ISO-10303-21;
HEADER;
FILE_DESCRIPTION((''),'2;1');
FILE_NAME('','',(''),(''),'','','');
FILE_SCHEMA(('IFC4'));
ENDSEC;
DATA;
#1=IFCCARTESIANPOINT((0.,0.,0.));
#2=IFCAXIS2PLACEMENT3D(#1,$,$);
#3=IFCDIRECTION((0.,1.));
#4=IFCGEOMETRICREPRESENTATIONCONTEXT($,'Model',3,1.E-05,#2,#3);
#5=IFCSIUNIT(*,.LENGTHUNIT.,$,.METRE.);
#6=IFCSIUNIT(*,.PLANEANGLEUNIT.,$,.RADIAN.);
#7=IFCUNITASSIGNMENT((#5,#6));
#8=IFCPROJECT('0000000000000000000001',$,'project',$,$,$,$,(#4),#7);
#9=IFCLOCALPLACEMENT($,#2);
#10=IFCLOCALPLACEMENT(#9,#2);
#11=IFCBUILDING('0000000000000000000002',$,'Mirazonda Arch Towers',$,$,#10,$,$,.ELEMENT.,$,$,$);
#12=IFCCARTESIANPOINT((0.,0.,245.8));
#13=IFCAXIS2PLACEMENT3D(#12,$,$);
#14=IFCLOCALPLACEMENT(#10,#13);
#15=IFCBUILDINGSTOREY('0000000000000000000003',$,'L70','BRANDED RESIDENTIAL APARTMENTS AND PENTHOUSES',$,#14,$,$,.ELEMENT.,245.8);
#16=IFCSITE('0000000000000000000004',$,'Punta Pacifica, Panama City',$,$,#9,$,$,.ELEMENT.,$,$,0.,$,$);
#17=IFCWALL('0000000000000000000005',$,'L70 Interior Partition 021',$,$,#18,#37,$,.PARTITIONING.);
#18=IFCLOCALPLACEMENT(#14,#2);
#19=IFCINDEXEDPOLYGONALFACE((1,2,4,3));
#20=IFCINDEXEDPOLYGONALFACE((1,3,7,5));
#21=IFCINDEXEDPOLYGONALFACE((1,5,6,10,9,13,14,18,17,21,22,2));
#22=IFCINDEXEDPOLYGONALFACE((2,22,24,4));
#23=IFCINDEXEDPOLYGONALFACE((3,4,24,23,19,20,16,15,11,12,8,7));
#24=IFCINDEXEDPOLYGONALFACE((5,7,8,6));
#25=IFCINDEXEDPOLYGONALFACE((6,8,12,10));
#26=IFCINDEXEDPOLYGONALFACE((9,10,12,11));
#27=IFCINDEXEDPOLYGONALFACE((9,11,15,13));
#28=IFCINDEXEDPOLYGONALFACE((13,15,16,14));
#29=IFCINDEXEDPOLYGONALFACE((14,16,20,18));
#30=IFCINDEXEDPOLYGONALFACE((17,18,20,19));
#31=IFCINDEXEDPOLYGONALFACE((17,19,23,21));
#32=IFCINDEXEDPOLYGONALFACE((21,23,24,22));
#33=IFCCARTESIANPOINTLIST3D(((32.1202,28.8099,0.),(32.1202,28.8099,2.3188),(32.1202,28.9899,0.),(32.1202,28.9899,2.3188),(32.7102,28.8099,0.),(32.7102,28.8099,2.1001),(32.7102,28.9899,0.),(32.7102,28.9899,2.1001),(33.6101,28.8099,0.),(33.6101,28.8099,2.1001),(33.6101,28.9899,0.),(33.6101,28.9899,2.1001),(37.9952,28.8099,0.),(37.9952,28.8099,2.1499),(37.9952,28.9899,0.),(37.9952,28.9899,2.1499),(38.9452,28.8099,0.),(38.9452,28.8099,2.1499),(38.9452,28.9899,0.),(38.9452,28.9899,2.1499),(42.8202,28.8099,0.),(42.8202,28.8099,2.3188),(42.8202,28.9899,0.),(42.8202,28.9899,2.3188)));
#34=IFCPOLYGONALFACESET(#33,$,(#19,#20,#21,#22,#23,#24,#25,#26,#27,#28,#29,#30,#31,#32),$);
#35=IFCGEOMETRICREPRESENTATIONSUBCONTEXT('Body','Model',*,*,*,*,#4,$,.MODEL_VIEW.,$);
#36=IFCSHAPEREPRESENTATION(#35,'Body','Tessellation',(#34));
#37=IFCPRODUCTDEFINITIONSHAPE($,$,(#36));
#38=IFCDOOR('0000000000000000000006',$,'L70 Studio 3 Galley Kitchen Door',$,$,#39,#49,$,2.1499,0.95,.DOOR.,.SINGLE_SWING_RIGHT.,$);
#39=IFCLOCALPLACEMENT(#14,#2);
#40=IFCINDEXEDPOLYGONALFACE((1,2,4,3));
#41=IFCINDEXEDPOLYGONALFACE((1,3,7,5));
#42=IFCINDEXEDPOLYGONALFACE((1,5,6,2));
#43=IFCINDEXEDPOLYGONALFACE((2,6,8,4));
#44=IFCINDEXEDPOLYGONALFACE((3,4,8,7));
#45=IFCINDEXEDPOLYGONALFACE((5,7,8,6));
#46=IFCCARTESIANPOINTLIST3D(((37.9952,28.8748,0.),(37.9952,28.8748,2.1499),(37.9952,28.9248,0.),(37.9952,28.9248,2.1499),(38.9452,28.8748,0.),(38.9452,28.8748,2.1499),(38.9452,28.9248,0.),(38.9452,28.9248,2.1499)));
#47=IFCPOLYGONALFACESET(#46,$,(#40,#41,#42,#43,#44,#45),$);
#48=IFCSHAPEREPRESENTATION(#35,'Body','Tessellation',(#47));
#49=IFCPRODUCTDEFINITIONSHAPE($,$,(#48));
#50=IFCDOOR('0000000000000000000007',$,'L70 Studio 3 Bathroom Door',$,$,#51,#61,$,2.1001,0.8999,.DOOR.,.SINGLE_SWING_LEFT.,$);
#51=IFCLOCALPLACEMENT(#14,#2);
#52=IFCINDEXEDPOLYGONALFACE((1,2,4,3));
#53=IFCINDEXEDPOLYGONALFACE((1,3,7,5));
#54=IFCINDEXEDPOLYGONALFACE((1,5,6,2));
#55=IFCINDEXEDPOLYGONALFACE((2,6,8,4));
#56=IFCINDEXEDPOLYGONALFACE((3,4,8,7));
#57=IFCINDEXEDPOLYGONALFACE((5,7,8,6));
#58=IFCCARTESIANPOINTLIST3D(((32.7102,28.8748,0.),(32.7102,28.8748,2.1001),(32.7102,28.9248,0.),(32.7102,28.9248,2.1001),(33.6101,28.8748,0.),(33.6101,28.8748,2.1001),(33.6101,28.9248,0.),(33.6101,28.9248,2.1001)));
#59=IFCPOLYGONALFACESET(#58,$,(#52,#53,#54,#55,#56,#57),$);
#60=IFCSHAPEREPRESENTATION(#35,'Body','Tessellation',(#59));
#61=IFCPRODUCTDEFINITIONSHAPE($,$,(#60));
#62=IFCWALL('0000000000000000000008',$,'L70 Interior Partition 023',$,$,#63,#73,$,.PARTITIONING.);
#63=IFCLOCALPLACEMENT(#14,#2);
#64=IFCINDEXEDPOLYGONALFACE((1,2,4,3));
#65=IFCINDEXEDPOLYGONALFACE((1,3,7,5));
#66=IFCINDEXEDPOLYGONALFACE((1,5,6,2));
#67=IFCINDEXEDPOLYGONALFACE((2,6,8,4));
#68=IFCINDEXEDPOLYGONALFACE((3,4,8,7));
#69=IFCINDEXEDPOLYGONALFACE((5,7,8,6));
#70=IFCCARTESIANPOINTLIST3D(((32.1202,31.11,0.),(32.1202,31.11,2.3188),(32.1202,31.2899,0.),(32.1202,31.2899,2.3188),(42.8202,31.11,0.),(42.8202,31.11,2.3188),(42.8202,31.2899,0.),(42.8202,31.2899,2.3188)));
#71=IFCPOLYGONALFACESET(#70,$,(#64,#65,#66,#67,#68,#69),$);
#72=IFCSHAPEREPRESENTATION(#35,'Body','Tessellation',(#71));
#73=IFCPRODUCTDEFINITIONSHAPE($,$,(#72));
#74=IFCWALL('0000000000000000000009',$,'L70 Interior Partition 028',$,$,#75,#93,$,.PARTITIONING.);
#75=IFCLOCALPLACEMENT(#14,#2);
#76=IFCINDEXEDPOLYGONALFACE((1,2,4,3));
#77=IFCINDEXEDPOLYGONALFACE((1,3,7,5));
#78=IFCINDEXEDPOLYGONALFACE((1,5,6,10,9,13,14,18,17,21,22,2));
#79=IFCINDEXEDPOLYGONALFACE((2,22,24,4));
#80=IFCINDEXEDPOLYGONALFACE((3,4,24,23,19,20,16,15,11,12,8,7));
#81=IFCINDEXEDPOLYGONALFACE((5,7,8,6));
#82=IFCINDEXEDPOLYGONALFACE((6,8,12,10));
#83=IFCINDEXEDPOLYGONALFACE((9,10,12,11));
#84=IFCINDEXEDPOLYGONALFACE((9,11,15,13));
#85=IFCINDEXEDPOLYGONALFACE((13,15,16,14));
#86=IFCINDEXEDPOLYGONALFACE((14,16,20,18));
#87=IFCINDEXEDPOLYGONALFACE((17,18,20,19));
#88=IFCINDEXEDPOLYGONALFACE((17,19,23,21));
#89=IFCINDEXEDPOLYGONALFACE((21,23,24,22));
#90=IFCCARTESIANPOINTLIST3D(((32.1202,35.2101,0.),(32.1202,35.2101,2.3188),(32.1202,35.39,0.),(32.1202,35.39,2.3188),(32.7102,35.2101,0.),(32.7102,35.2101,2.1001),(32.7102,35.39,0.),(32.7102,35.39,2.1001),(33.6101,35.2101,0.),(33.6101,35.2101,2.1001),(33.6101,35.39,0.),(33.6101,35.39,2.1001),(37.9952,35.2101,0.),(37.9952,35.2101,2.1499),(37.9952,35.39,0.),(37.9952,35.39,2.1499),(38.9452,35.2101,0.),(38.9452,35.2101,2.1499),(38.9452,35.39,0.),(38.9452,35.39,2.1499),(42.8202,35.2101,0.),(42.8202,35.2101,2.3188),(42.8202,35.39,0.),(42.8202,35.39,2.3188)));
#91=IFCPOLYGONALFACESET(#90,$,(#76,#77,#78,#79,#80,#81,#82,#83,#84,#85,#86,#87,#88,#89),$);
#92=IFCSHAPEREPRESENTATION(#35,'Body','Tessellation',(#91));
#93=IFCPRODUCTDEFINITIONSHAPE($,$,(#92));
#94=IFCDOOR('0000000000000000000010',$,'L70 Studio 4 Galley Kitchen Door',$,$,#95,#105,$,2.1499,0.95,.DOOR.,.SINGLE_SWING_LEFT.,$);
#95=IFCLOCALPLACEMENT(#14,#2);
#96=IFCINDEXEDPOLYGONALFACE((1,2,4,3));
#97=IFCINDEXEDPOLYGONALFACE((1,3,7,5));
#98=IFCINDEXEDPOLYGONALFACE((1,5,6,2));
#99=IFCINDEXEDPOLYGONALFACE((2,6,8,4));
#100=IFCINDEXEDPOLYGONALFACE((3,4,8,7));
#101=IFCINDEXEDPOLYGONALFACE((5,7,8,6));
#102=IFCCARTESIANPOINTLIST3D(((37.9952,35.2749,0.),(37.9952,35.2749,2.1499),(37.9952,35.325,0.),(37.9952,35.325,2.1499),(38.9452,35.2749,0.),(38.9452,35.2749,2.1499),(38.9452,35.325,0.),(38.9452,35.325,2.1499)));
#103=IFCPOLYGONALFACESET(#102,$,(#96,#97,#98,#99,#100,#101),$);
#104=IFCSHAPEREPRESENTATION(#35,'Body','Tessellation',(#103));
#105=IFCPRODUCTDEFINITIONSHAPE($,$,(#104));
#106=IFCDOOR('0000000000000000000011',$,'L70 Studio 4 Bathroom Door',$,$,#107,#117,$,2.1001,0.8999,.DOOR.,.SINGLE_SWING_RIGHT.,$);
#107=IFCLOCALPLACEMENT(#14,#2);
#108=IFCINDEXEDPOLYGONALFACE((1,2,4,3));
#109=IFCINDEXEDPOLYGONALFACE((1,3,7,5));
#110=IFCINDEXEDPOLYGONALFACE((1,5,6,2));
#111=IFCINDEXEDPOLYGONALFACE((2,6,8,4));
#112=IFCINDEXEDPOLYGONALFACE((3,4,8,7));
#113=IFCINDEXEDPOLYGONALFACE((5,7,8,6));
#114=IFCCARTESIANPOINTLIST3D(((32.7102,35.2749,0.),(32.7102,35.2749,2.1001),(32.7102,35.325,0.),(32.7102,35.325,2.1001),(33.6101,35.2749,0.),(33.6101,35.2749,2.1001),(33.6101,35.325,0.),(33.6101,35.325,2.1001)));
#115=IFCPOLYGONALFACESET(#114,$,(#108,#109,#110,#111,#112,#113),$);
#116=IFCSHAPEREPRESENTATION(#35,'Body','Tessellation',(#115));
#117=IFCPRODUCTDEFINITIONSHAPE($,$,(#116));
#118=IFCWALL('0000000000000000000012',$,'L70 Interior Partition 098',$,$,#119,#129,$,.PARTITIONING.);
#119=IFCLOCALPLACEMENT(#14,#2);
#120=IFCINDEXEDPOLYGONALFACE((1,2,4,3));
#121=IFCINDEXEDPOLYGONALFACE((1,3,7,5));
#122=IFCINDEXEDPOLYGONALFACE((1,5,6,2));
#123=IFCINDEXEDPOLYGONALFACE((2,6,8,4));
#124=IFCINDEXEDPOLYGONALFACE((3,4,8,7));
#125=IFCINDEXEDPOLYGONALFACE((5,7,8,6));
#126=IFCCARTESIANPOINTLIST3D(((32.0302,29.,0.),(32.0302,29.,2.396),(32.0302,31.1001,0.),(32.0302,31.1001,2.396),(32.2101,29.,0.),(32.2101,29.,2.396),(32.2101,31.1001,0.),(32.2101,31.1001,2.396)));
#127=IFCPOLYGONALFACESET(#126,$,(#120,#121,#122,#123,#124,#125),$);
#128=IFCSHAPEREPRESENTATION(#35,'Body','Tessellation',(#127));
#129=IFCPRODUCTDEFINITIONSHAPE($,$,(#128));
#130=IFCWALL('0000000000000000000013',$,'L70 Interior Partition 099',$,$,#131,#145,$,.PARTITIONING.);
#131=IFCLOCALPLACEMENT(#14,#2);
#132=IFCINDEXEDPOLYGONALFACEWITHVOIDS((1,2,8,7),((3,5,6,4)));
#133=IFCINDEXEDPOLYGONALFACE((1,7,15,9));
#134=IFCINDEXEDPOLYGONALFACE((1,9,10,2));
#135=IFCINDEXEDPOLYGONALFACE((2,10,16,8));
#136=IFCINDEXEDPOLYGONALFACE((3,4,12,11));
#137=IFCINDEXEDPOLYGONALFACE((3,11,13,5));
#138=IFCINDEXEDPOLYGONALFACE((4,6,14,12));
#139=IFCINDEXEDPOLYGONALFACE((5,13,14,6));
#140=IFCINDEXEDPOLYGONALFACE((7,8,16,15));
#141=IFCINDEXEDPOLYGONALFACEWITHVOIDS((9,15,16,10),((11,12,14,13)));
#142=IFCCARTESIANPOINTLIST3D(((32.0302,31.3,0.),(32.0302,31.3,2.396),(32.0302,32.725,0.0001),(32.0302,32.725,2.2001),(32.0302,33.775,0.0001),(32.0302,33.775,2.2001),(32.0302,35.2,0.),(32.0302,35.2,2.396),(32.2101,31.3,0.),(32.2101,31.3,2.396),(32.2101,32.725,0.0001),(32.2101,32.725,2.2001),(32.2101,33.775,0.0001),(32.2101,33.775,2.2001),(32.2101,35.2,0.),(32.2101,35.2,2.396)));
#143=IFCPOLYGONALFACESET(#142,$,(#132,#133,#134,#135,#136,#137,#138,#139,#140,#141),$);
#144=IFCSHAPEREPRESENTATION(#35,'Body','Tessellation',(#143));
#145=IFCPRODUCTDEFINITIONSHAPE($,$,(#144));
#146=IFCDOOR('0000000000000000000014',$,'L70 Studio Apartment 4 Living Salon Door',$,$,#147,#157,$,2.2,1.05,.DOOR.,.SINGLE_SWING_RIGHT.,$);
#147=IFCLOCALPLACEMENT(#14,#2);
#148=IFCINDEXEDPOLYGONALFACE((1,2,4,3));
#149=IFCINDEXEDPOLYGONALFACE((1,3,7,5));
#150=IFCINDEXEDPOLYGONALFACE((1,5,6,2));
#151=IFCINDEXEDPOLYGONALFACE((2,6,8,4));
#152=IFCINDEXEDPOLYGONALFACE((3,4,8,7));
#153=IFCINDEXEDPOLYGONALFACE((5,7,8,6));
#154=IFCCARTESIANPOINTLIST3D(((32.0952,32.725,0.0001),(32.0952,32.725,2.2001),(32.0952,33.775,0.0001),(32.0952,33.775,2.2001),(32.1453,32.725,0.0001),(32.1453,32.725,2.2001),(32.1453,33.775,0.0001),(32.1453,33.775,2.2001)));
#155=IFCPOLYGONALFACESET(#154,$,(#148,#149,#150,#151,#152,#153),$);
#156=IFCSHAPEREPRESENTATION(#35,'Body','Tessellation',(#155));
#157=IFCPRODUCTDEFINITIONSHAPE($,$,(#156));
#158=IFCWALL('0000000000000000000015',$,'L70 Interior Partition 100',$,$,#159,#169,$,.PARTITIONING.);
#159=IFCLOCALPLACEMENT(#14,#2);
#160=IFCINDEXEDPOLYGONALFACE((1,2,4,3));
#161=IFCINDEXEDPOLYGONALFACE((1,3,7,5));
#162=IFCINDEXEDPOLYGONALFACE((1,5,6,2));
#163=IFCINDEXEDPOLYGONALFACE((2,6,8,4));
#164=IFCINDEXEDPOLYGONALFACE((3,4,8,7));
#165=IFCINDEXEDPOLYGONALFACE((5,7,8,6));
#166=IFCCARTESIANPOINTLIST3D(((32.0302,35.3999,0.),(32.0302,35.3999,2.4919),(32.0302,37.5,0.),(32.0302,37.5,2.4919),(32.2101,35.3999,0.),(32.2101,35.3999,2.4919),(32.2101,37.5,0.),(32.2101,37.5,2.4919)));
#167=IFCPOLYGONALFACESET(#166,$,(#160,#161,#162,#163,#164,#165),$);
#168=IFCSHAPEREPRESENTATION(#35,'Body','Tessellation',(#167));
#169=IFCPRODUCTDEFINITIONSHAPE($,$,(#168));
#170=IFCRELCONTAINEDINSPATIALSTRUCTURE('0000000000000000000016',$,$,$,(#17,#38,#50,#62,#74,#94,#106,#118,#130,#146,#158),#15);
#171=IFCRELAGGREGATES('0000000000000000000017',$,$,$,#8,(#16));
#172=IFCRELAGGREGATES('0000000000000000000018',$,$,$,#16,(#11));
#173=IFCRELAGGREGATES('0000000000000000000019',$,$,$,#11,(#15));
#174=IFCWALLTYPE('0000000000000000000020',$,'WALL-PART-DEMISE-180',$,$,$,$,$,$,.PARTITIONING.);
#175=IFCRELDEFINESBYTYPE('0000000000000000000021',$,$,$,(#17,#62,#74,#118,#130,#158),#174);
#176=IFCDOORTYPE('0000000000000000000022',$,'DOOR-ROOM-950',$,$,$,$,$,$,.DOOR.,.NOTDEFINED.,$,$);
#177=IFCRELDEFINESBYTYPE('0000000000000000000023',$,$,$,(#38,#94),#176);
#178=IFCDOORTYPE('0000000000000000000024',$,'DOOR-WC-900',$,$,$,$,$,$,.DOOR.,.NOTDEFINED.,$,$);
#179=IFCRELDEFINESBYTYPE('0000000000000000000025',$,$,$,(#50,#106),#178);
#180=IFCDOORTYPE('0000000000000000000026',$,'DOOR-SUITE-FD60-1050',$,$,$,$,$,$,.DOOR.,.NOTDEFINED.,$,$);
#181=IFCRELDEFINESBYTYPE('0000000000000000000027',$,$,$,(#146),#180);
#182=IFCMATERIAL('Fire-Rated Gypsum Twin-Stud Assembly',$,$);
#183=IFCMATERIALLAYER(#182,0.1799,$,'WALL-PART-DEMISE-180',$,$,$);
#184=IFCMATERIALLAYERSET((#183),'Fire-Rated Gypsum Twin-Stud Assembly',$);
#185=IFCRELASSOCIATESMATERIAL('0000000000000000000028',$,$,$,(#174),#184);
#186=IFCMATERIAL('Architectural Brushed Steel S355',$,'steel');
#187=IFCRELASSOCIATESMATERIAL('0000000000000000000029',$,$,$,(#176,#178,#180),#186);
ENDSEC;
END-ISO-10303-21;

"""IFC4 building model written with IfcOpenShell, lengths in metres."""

from ifc_helpers import new_model, si_unit, direction, frame, frame_2d, origin, place, context, subcontext, project, spatial, rectangle, extrude, material, layer, layer_set, type_object, element, fill, save


model = new_model("IFC4")

# Units and contexts
model_context = context("Model", 3, precision=1e-05, world=origin(), true_north=direction((0.0, 1.0)))
body_context = subcontext(model_context, "Body", "Model", "MODEL_VIEW")
ifc_project = project(units=[si_unit("LENGTHUNIT", "METRE"), si_unit("PLANEANGLEUNIT", "RADIAN")], contexts=[model_context])

# Site, building, storey
site_placement = place(None, origin())
site = spatial("IfcSite", under=ifc_project, at=site_placement, Name="Punta Pacifica, Panama City", CompositionType="ELEMENT", RefElevation=0.0)
building_placement = place(site_placement, origin())
building = spatial("IfcBuilding", under=site, at=building_placement, Name="Mirazonda Arch Towers", CompositionType="ELEMENT")
storey_placement = place(building_placement, frame((0.0, 0.0, 245.8)))
storey = spatial("IfcBuildingStorey", under=building, at=storey_placement, Name="L70", Description="BRANDED RESIDENTIAL APARTMENTS AND PENTHOUSES", CompositionType="ELEMENT", Elevation=245.8)

# Wall, openings, doors
ifc_material_1 = material(Name="Fire-Rated Gypsum Twin-Stud Assembly")
ifc_layer_1 = layer(ifc_material_1, 0.1799, Name="WALL-PART-DEMISE-180")
ifc_layer_set_1 = layer_set([ifc_layer_1], Name="Fire-Rated Gypsum Twin-Stud Assembly")
wall_type_1 = type_object("IfcWallType", Name="WALL-PART-DEMISE-180", PredefinedType="PARTITIONING", material=ifc_layer_set_1)
wall_1_placement = place(storey_placement, frame((32.1201, 28.8999, 0.0), z_axis=(0.0, 0.0, 1.0), x_axis=(1.0, 0.0, 0.0)))
wall_1 = element("IfcWall", 1, at=wall_1_placement, inside=storey, type_object=wall_type_1, Name="L70 Interior Partition 021", PredefinedType="PARTITIONING", context=body_context, shape_type="SweptSolid", body=[
    extrude(rectangle(XDim=10.7, YDim=0.1799, at=frame_2d((5.3501, 0.0))), origin(), (0.0, 0.0, 1.0), 2.3188),
])
opening_1_placement = place(wall_1_placement, frame((5.875, 0.0, 0.0)))
opening_1 = element("IfcOpeningElement", 2, at=opening_1_placement, cuts=wall_1, PredefinedType="OPENING", context=body_context, shape_type="SweptSolid", body=[
    extrude(rectangle(XDim=0.95, YDim=2.1499, at=frame_2d((0.4751, 1.075))), frame((0.0, 0.0999, 0.0), z_axis=(0.0, -1.0, 0.0), x_axis=(1.0, 0.0, 0.0)), (0.0, 0.0, 1.0), 0.2),
])
opening_2_placement = place(wall_1_placement, frame((0.5901, 0.0, 0.0)))
opening_2 = element("IfcOpeningElement", 3, at=opening_2_placement, cuts=wall_1, PredefinedType="OPENING", context=body_context, shape_type="SweptSolid", body=[
    extrude(rectangle(XDim=0.8999, YDim=2.1001, at=frame_2d((0.45, 1.05))), frame((0.0, 0.0999, 0.0), z_axis=(0.0, -1.0, 0.0), x_axis=(1.0, 0.0, 0.0)), (0.0, 0.0, 1.0), 0.2),
])
ifc_material_2 = material(Name="Architectural Brushed Steel S355", Category="steel")
door_type_1 = type_object("IfcDoorType", Name="DOOR-ROOM-950", OperationType="NOTDEFINED", PredefinedType="DOOR", material=ifc_material_2)
door_1_placement = place(opening_1_placement, origin())
door_1 = element("IfcDoor", 4, at=door_1_placement, inside=storey, type_object=door_type_1, Name="L70 Studio 3 Galley Kitchen Door", OperationType="SINGLE_SWING_RIGHT", OverallHeight=2.1499, OverallWidth=0.95, PredefinedType="DOOR", context=body_context, shape_type="SweptSolid", body=[
    extrude(rectangle(XDim=0.95, YDim=2.1499, at=frame_2d((0.4751, 1.075))), frame((0.0, 0.0249, 0.0), z_axis=(0.0, -1.0, 0.0), x_axis=(1.0, 0.0, 0.0)), (0.0, 0.0, 1.0), 0.05),
])
fill(opening_1, door_1)
door_type_2 = type_object("IfcDoorType", Name="DOOR-WC-900", OperationType="NOTDEFINED", PredefinedType="DOOR", material=ifc_material_2)
door_2_placement = place(opening_2_placement, origin())
door_2 = element("IfcDoor", 5, at=door_2_placement, inside=storey, type_object=door_type_2, Name="L70 Studio 3 Bathroom Door", OperationType="SINGLE_SWING_LEFT", OverallHeight=2.1001, OverallWidth=0.8999, PredefinedType="DOOR", context=body_context, shape_type="SweptSolid", body=[
    extrude(rectangle(XDim=0.8999, YDim=2.1001, at=frame_2d((0.45, 1.05))), frame((0.0, 0.0249, 0.0), z_axis=(0.0, -1.0, 0.0), x_axis=(1.0, 0.0, 0.0)), (0.0, 0.0, 1.0), 0.05),
])
fill(opening_2, door_2)

# Wall
wall_2_placement = place(storey_placement, frame((32.1201, 31.2, 0.0), z_axis=(0.0, 0.0, 1.0), x_axis=(1.0, 0.0, 0.0)))
element("IfcWall", 6, at=wall_2_placement, inside=storey, type_object=wall_type_1, Name="L70 Interior Partition 023", PredefinedType="PARTITIONING", context=body_context, shape_type="SweptSolid", body=[
    extrude(rectangle(XDim=10.7, YDim=0.1799, at=frame_2d((5.3501, 0.0))), origin(), (0.0, 0.0, 1.0), 2.3188),
])

# Wall, openings, doors
wall_3_placement = place(storey_placement, frame((32.1201, 35.3, 0.0), z_axis=(0.0, 0.0, 1.0), x_axis=(1.0, 0.0, 0.0)))
wall_3 = element("IfcWall", 7, at=wall_3_placement, inside=storey, type_object=wall_type_1, Name="L70 Interior Partition 028", PredefinedType="PARTITIONING", context=body_context, shape_type="SweptSolid", body=[
    extrude(rectangle(XDim=10.7, YDim=0.1799, at=frame_2d((5.3501, 0.0))), origin(), (0.0, 0.0, 1.0), 2.3188),
])
opening_3_placement = place(wall_3_placement, frame((5.875, 0.0, 0.0)))
opening_3 = element("IfcOpeningElement", 8, at=opening_3_placement, cuts=wall_3, PredefinedType="OPENING", context=body_context, shape_type="SweptSolid", body=[
    extrude(rectangle(XDim=0.95, YDim=2.1499, at=frame_2d((0.4751, 1.075))), frame((0.0, 0.0999, 0.0), z_axis=(0.0, -1.0, 0.0), x_axis=(1.0, 0.0, 0.0)), (0.0, 0.0, 1.0), 0.2),
])
opening_4_placement = place(wall_3_placement, frame((0.5901, 0.0, 0.0)))
opening_4 = element("IfcOpeningElement", 9, at=opening_4_placement, cuts=wall_3, PredefinedType="OPENING", context=body_context, shape_type="SweptSolid", body=[
    extrude(rectangle(XDim=0.8999, YDim=2.1001, at=frame_2d((0.45, 1.05))), frame((0.0, 0.0999, 0.0), z_axis=(0.0, -1.0, 0.0), x_axis=(1.0, 0.0, 0.0)), (0.0, 0.0, 1.0), 0.2),
])
door_3_placement = place(opening_3_placement, origin())
door_3 = element("IfcDoor", 10, at=door_3_placement, inside=storey, type_object=door_type_1, Name="L70 Studio 4 Galley Kitchen Door", OperationType="SINGLE_SWING_LEFT", OverallHeight=2.1499, OverallWidth=0.95, PredefinedType="DOOR", context=body_context, shape_type="SweptSolid", body=[
    extrude(rectangle(XDim=0.95, YDim=2.1499, at=frame_2d((0.4751, 1.075))), frame((0.0, 0.0249, 0.0), z_axis=(0.0, -1.0, 0.0), x_axis=(1.0, 0.0, 0.0)), (0.0, 0.0, 1.0), 0.05),
])
fill(opening_3, door_3)
door_4_placement = place(opening_4_placement, origin())
door_4 = element("IfcDoor", 11, at=door_4_placement, inside=storey, type_object=door_type_2, Name="L70 Studio 4 Bathroom Door", OperationType="SINGLE_SWING_RIGHT", OverallHeight=2.1001, OverallWidth=0.8999, PredefinedType="DOOR", context=body_context, shape_type="SweptSolid", body=[
    extrude(rectangle(XDim=0.8999, YDim=2.1001, at=frame_2d((0.45, 1.05))), frame((0.0, 0.0249, 0.0), z_axis=(0.0, -1.0, 0.0), x_axis=(1.0, 0.0, 0.0)), (0.0, 0.0, 1.0), 0.05),
])
fill(opening_4, door_4)

# Wall
wall_4_placement = place(storey_placement, frame((32.1201, 29.0, 0.0), z_axis=(0.0, 0.0, 1.0), x_axis=(0.0, 1.0, 0.0)))
element("IfcWall", 12, at=wall_4_placement, inside=storey, type_object=wall_type_1, Name="L70 Interior Partition 098", PredefinedType="PARTITIONING", context=body_context, shape_type="SweptSolid", body=[
    extrude(rectangle(XDim=2.1001, YDim=0.1799, at=frame_2d((1.05, 0.0))), origin(), (0.0, 0.0, 1.0), 2.396),
])

# Wall, opening, door
wall_5_placement = place(storey_placement, frame((32.1201, 31.3, 0.0), z_axis=(0.0, 0.0, 1.0), x_axis=(0.0, 1.0, 0.0)))
wall_5 = element("IfcWall", 13, at=wall_5_placement, inside=storey, type_object=wall_type_1, Name="L70 Interior Partition 099", PredefinedType="PARTITIONING", context=body_context, shape_type="SweptSolid", body=[
    extrude(rectangle(XDim=3.8999, YDim=0.1799, at=frame_2d((1.95, 0.0))), origin(), (0.0, 0.0, 1.0), 2.396),
])
opening_5_placement = place(wall_5_placement, frame((1.425, 0.0, 0.0)))
opening_5 = element("IfcOpeningElement", 14, at=opening_5_placement, cuts=wall_5, PredefinedType="OPENING", context=body_context, shape_type="SweptSolid", body=[
    extrude(rectangle(XDim=1.05, YDim=2.2, at=frame_2d((0.5249, 1.1001))), frame((0.0, 0.0999, 0.0), z_axis=(0.0, -1.0, 0.0), x_axis=(1.0, 0.0, 0.0)), (0.0, 0.0, 1.0), 0.2),
])
door_type_3 = type_object("IfcDoorType", Name="DOOR-SUITE-FD60-1050", OperationType="NOTDEFINED", PredefinedType="DOOR", material=ifc_material_2)
door_5_placement = place(opening_5_placement, origin())
door_5 = element("IfcDoor", 15, at=door_5_placement, inside=storey, type_object=door_type_3, Name="L70 Studio Apartment 4 Living Salon Door", OperationType="SINGLE_SWING_RIGHT", OverallHeight=2.2, OverallWidth=1.05, PredefinedType="DOOR", context=body_context, shape_type="SweptSolid", body=[
    extrude(rectangle(XDim=1.05, YDim=2.2, at=frame_2d((0.5249, 1.1001))), frame((0.0, 0.0249, 0.0), z_axis=(0.0, -1.0, 0.0), x_axis=(1.0, 0.0, 0.0)), (0.0, 0.0, 1.0), 0.05),
])
fill(opening_5, door_5)

# Wall
wall_6_placement = place(storey_placement, frame((32.1201, 35.3999, 0.0), z_axis=(0.0, 0.0, 1.0), x_axis=(0.0, 1.0, 0.0)))
element("IfcWall", 16, at=wall_6_placement, inside=storey, type_object=wall_type_1, Name="L70 Interior Partition 100", PredefinedType="PARTITIONING", context=body_context, shape_type="SweptSolid", body=[
    extrude(rectangle(XDim=2.1001, YDim=0.1799, at=frame_2d((1.05, 0.0))), origin(), (0.0, 0.0, 1.0), 2.4919),
])

save(model, "model.ifc")
